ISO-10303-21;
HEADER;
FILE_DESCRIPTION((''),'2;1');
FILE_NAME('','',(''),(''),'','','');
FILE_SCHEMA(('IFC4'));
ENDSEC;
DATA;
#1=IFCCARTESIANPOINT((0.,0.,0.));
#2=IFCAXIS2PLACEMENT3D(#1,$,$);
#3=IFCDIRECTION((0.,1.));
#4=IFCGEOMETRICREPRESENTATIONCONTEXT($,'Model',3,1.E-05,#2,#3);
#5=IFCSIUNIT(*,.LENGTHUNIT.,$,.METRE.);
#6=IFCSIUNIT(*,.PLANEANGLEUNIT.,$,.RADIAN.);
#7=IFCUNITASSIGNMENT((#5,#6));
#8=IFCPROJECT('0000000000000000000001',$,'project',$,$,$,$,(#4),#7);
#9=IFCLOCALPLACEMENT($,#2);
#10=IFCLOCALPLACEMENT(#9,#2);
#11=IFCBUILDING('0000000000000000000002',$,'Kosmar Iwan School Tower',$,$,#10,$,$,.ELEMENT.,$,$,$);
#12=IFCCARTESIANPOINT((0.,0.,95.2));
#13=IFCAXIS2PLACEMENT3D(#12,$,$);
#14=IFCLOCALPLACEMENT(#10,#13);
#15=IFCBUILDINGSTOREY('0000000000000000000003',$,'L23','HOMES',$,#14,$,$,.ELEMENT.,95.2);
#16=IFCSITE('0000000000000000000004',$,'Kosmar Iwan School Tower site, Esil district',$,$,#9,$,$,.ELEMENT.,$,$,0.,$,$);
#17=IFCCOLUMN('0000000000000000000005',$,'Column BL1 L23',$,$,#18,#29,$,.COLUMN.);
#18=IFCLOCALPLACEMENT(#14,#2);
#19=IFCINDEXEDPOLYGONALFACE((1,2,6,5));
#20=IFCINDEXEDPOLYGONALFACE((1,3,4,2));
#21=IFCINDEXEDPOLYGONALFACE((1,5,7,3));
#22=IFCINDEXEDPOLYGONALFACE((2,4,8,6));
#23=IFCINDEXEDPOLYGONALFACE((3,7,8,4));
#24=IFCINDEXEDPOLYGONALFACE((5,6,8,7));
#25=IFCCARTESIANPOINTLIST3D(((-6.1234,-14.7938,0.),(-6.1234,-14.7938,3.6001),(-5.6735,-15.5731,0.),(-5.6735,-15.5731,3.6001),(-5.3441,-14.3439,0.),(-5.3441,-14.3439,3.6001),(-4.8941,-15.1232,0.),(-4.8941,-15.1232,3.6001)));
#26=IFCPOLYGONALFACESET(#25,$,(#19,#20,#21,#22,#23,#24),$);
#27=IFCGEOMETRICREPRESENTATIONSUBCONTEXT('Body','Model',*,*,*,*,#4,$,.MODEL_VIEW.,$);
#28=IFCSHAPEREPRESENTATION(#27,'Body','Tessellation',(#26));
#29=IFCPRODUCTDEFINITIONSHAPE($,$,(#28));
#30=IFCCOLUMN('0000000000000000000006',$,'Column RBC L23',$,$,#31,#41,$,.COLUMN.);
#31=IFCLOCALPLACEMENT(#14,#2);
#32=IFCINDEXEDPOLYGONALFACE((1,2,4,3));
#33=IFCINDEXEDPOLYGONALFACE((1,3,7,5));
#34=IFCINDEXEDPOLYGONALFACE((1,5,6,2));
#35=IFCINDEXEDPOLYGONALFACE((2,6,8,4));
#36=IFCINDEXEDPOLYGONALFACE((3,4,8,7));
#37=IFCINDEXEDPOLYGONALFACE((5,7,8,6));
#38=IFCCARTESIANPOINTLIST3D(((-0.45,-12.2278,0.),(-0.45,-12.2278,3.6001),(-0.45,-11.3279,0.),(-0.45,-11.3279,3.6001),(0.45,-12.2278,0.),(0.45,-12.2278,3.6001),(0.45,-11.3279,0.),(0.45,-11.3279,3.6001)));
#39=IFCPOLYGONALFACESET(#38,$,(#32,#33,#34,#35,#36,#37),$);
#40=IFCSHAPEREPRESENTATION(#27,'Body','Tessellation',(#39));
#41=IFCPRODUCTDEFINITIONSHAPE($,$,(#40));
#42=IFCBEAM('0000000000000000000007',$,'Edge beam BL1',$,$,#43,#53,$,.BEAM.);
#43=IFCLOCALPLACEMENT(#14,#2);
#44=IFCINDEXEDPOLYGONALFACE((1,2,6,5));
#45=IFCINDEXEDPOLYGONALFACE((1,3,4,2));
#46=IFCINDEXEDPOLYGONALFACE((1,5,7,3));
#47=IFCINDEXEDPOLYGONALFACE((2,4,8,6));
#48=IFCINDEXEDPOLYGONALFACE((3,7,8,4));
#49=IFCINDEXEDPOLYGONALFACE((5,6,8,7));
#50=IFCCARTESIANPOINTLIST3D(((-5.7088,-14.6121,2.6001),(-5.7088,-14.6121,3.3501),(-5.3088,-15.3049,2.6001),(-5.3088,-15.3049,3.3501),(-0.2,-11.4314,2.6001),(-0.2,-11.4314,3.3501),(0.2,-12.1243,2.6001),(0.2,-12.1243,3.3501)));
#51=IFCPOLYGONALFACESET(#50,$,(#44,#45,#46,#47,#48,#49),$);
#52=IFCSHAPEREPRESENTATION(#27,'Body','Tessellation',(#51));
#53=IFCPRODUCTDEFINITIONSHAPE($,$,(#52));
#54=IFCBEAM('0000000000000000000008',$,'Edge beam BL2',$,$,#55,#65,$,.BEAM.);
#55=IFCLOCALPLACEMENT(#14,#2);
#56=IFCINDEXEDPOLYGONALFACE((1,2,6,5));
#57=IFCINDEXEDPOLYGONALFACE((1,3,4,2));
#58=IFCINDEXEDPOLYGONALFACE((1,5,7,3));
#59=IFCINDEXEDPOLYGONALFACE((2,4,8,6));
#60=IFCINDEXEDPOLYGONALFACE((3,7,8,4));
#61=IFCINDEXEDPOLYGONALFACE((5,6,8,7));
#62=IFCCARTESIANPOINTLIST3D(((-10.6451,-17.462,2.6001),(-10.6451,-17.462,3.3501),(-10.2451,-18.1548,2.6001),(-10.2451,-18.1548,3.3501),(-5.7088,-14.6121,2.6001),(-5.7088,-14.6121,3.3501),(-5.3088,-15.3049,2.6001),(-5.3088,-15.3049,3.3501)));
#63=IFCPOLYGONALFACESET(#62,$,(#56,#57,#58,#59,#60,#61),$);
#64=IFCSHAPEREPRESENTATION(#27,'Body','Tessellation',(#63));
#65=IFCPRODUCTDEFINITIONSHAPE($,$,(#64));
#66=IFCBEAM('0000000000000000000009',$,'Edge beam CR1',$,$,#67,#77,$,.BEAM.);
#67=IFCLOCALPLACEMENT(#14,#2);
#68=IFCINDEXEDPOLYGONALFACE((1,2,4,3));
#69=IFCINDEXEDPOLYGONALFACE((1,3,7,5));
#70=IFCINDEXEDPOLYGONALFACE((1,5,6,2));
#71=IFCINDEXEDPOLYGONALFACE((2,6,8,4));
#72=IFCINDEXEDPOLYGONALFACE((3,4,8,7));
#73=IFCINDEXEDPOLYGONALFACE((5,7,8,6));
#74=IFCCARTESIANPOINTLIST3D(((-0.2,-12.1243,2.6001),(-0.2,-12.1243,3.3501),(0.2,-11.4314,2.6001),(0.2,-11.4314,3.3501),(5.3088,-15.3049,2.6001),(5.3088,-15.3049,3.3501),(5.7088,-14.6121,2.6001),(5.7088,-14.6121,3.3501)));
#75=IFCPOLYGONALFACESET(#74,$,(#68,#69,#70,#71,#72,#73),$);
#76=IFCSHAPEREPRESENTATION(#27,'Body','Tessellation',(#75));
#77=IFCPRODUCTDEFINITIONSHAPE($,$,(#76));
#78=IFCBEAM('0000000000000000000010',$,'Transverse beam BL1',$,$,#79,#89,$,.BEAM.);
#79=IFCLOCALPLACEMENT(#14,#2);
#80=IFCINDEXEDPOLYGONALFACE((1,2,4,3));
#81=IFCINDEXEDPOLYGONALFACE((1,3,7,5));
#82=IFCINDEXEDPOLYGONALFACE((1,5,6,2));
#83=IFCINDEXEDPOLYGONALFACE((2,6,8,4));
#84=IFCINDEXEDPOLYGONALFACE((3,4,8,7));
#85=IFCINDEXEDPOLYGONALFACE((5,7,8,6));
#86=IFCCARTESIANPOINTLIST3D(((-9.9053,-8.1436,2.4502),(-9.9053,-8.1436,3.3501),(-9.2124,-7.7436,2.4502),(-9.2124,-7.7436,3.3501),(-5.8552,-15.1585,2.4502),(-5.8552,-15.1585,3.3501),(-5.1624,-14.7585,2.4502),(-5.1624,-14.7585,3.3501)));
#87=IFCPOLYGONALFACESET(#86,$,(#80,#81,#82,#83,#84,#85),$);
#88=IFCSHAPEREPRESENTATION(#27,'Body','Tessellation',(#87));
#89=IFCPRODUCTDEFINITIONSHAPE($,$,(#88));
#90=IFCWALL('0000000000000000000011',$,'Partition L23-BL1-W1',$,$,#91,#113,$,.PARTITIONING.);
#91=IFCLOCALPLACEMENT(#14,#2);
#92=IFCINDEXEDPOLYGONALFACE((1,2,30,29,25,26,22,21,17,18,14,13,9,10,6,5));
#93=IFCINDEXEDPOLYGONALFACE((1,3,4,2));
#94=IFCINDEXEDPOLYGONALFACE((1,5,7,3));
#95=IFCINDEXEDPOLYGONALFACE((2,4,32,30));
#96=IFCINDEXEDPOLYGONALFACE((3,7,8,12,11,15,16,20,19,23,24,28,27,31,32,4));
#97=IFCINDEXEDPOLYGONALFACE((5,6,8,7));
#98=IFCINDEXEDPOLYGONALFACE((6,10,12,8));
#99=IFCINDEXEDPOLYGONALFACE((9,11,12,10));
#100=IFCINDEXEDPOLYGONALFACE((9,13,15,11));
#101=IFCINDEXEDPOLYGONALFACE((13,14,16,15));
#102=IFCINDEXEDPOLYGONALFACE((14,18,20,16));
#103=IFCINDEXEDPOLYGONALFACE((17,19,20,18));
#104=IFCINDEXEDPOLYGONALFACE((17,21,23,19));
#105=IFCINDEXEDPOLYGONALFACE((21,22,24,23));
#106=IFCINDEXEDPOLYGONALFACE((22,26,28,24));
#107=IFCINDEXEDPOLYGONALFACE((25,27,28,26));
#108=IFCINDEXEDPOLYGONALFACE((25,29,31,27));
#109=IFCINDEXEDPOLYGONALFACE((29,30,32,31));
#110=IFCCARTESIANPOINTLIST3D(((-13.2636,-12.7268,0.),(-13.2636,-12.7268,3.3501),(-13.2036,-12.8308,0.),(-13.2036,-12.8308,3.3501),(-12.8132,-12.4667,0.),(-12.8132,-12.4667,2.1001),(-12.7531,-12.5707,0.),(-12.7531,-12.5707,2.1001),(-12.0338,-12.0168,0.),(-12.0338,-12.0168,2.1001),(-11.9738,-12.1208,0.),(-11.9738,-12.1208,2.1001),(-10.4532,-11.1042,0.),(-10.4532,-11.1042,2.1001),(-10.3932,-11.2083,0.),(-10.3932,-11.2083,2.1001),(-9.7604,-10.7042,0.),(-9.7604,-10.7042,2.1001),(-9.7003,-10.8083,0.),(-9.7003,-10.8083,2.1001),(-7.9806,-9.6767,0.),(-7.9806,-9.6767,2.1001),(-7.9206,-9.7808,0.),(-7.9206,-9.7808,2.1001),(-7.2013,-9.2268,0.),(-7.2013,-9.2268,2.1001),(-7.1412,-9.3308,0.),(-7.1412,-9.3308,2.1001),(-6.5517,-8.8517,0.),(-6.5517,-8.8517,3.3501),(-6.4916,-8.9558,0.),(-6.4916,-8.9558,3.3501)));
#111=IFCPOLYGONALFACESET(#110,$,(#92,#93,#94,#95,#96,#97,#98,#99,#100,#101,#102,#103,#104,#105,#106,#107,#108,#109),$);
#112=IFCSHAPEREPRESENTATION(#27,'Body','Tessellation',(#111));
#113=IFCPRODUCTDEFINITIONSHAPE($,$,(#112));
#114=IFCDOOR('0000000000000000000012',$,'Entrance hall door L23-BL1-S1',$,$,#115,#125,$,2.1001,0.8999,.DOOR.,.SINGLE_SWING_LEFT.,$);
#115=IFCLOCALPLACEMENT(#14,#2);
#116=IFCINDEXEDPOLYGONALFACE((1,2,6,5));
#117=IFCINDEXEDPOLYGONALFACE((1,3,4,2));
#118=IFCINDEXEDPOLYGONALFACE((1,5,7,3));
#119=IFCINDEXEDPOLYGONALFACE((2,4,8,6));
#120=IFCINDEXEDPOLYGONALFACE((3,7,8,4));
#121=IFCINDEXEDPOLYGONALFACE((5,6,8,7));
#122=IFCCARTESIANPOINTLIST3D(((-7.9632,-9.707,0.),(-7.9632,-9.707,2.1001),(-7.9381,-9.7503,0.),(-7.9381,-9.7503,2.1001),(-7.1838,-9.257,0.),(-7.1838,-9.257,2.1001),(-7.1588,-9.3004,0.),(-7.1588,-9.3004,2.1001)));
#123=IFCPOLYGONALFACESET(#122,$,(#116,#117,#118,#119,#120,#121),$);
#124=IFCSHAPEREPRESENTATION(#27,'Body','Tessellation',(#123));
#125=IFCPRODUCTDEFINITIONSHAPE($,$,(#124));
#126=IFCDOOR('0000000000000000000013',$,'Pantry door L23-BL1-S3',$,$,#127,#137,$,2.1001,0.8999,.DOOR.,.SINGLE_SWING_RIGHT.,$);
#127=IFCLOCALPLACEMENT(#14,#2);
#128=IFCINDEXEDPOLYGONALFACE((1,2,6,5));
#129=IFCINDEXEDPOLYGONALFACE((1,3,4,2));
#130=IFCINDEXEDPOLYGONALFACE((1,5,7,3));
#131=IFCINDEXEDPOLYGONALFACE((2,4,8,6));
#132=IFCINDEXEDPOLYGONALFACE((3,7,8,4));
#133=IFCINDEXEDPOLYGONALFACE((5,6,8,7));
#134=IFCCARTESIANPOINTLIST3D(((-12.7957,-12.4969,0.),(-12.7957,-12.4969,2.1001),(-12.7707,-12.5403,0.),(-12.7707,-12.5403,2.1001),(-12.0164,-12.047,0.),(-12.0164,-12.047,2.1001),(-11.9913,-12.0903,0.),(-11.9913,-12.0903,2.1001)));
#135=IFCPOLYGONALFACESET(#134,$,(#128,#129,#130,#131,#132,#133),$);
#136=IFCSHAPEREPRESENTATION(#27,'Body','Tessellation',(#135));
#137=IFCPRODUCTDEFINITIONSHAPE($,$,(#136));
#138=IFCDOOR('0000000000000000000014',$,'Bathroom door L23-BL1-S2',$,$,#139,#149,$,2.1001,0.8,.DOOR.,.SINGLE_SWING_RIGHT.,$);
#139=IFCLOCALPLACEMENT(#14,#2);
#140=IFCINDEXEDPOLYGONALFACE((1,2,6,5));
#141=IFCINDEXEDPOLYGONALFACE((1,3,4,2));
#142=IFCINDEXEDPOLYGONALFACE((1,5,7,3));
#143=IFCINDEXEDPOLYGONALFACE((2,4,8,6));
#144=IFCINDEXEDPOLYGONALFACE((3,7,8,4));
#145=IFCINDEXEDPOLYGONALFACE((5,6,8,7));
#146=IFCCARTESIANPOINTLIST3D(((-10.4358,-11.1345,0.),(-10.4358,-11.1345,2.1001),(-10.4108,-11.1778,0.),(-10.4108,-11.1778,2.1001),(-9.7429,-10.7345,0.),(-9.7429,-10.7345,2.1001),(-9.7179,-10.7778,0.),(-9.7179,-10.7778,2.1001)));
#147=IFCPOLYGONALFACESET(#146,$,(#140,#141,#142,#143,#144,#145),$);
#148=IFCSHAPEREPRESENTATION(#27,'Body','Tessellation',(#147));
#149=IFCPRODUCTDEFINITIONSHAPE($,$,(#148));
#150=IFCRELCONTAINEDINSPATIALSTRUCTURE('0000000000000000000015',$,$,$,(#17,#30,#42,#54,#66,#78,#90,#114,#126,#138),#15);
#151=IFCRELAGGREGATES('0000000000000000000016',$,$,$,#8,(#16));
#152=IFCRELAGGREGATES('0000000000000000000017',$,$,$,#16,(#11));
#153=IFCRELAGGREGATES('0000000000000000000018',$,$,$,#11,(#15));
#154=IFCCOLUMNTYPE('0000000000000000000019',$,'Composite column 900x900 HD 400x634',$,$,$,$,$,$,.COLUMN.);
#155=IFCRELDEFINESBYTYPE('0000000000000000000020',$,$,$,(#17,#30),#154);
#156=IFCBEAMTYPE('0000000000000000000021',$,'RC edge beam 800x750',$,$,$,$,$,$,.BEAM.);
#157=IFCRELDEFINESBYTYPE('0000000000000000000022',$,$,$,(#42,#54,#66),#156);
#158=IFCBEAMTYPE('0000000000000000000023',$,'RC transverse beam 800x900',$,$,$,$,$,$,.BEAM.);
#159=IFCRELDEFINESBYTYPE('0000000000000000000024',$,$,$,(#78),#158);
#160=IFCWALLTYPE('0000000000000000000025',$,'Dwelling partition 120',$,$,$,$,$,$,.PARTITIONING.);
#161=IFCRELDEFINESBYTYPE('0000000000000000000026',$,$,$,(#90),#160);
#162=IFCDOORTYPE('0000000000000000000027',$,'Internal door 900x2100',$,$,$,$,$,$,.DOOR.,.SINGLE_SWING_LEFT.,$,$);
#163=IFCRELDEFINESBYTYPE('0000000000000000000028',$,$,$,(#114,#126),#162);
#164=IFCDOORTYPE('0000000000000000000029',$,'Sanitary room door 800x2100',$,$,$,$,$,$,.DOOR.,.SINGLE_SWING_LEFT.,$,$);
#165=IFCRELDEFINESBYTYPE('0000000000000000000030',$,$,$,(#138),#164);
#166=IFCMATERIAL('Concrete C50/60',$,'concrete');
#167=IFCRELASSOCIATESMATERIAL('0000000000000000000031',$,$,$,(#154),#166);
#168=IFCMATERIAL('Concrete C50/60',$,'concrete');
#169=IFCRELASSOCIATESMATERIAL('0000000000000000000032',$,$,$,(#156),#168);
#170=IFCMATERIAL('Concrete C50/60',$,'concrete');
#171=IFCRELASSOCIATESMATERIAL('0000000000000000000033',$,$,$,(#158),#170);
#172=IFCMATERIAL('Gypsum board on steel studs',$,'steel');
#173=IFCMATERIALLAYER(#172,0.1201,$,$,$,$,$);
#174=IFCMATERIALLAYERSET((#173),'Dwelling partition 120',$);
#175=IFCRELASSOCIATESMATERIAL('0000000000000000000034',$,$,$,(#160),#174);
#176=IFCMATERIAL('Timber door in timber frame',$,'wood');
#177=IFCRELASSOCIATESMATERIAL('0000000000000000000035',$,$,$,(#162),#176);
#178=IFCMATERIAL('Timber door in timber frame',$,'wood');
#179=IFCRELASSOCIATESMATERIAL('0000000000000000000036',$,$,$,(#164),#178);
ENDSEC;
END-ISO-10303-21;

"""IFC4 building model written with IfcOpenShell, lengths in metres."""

from ifc_helpers import new_model, si_unit, direction, frame, frame_2d, origin, origin_2d, place, context, subcontext, project, spatial, rectangle, extrude, material, layer, layer_set, material_profile, profile_set, type_object, element, fill, save


model = new_model("IFC4")

# Units and contexts
model_context = context("Model", 3, precision=1e-05, world=origin(), true_north=direction((0.0, 1.0)))
body_context = subcontext(model_context, "Body", "Model", "MODEL_VIEW")
ifc_project = project(units=[si_unit("LENGTHUNIT", "METRE"), si_unit("PLANEANGLEUNIT", "RADIAN")], contexts=[model_context])

# Site, building, storey
site_placement = place(None, origin())
site = spatial("IfcSite", under=ifc_project, at=site_placement, Name="Kosmar Iwan School Tower site, Esil district", CompositionType="ELEMENT", RefElevation=0.0)
building_placement = place(site_placement, origin())
building = spatial("IfcBuilding", under=site, at=building_placement, Name="Kosmar Iwan School Tower", CompositionType="ELEMENT")
storey_placement = place(building_placement, frame((0.0, 0.0, 95.2)))
storey = spatial("IfcBuildingStorey", under=building, at=storey_placement, Name="L23", Description="HOMES", CompositionType="ELEMENT", Elevation=95.2)

# Columns
ifc_material_1 = material(Name="Concrete C50/60", Category="concrete")
ifc_material_profile_1 = material_profile(ifc_material_1, rectangle(XDim=0.8999, YDim=0.8999, at=origin_2d()), Name="RC 900x900 + HD 400x634")
ifc_profile_set_1 = profile_set([ifc_material_profile_1], Name="Concrete C50/60")
column_type = type_object("IfcColumnType", Name="Composite column 900x900 HD 400x634", PredefinedType="COLUMN", material=ifc_profile_set_1)
for number, where, z_axis, x_axis, name in (
    (1, (-5.5088, -14.9585, 0.0), (0.0, 0.0, 1.0), (-0.866025, -0.5, 0.0), "Column BL1 L23"),
    (2, (0.0, -11.7778, 0.0), (0.0, 0.0, 1.0), (1.0, 0.0, 0.0), "Column RBC L23"),
):
    element("IfcColumn", number, at=place(storey_placement, frame(where, z_axis=z_axis, x_axis=x_axis)), inside=storey, type_object=column_type, Name=name, PredefinedType="COLUMN", context=body_context, shape_type="SweptSolid", body=[
        extrude(rectangle(XDim=0.8999, YDim=0.8999, at=origin_2d()), origin(), (0.0, 0.0, 1.0), 3.6001),
    ])

# Beams
ifc_material_2 = material(Name="Concrete C50/60", Category="concrete")
ifc_material_profile_2 = material_profile(ifc_material_2, rectangle(XDim=0.8, YDim=0.75, at=origin_2d()), Name="RC 800x750")
ifc_profile_set_2 = profile_set([ifc_material_profile_2], Name="Concrete C50/60")
beam_type_1 = type_object("IfcBeamType", Name="RC edge beam 800x750", PredefinedType="BEAM", material=ifc_profile_set_2)
beam_1_placement = place(storey_placement, frame((0.0, -11.7778, 2.9751), z_axis=(-0.866014, -0.500019, 0.0), x_axis=(0.500019, -0.866014, 0.0)))
element("IfcBeam", 3, at=beam_1_placement, inside=storey, type_object=beam_type_1, Name="Edge beam BL1", PredefinedType="BEAM", context=body_context, shape_type="SweptSolid", body=[
    extrude(rectangle(XDim=0.8, YDim=0.75, at=origin_2d()), origin(), (0.0, 0.0, 1.0), 6.3611),
])
beam_2_placement = place(storey_placement, frame((-5.5088, -14.9585, 2.9751), z_axis=(-0.866034, -0.499986, 0.0), x_axis=(0.499986, -0.866034, 0.0)))
element("IfcBeam", 4, at=beam_2_placement, inside=storey, type_object=beam_type_1, Name="Edge beam BL2", PredefinedType="BEAM", context=body_context, shape_type="SweptSolid", body=[
    extrude(rectangle(XDim=0.8, YDim=0.75, at=origin_2d()), origin(), (0.0, 0.0, 1.0), 5.7),
])
beam_3_placement = place(storey_placement, frame((0.0, -11.7778, 2.9751), z_axis=(0.866014, -0.500019, 0.0), x_axis=(0.500019, 0.866014, 0.0)))
element("IfcBeam", 5, at=beam_3_placement, inside=storey, type_object=beam_type_1, Name="Edge beam CR1", PredefinedType="BEAM", context=body_context, shape_type="SweptSolid", body=[
    extrude(rectangle(XDim=0.8, YDim=0.75, at=origin_2d()), origin(), (0.0, 0.0, 1.0), 6.3611),
])
ifc_material_3 = material(Name="Concrete C50/60", Category="concrete")
ifc_material_profile_3 = material_profile(ifc_material_3, rectangle(XDim=0.8, YDim=0.8999, at=origin_2d()), Name="RC 800x900")
ifc_profile_set_3 = profile_set([ifc_material_profile_3], Name="Concrete C50/60")
beam_type_2 = type_object("IfcBeamType", Name="RC transverse beam 800x900", PredefinedType="BEAM", material=ifc_profile_set_3)
beam_4_placement = place(storey_placement, frame((-5.5088, -14.9585, 2.9001), z_axis=(-0.5, 0.866025, 0.0), x_axis=(-0.866025, -0.5, 0.0)))
element("IfcBeam", 6, at=beam_4_placement, inside=storey, type_object=beam_type_2, Name="Transverse beam BL1", PredefinedType="BEAM", context=body_context, shape_type="SweptSolid", body=[
    extrude(rectangle(XDim=0.8, YDim=0.8999, at=origin_2d()), origin(), (0.0, 0.0, 1.0), 8.1001),
])

# Wall, openings, doors
ifc_material_4 = material(Name="Gypsum board on steel studs", Category="steel")
ifc_layer_1 = layer(ifc_material_4, 0.1201)
ifc_layer_set_1 = layer_set([ifc_layer_1], Name="Dwelling partition 120")
wall_type_1 = type_object("IfcWallType", Name="Dwelling partition 120", PredefinedType="PARTITIONING", material=ifc_layer_set_1)
wall_1_placement = place(storey_placement, frame((-6.5217, -8.9038, 0.0), z_axis=(0.0, 0.0, 1.0), x_axis=(-0.866032, -0.499988, 0.0)))
wall_1 = element("IfcWall", 7, at=wall_1_placement, inside=storey, type_object=wall_type_1, Name="Partition L23-BL1-W1", PredefinedType="PARTITIONING", context=body_context, shape_type="SweptSolid", body=[
    extrude(rectangle(XDim=7.7502, YDim=0.1201, at=frame_2d((3.875, 0.0))), origin(), (0.0, 0.0, 1.0), 3.3501),
])
opening_1_placement = place(wall_1_placement, frame((0.75, 0.0, 0.0)))
opening_1 = element("IfcOpeningElement", 8, at=opening_1_placement, cuts=wall_1, PredefinedType="OPENING", context=body_context, shape_type="SweptSolid", body=[
    extrude(rectangle(XDim=0.8999, YDim=2.1001, at=frame_2d((0.45, 1.05))), frame((0.0, 0.072, 0.0), z_axis=(0.0, -1.0, 0.0), x_axis=(1.0, 0.0, 0.0)), (0.0, 0.0, 1.0), 0.144),
])
opening_2_placement = place(wall_1_placement, frame((3.7051, 0.0, 0.0)))
opening_2 = element("IfcOpeningElement", 9, at=opening_2_placement, cuts=wall_1, PredefinedType="OPENING", context=body_context, shape_type="SweptSolid", body=[
    extrude(rectangle(XDim=0.8, YDim=2.1001, at=frame_2d((0.3999, 1.05))), frame((0.0, 0.072, 0.0), z_axis=(0.0, -1.0, 0.0), x_axis=(1.0, 0.0, 0.0)), (0.0, 0.0, 1.0), 0.144),
])
opening_3_placement = place(wall_1_placement, frame((6.3301, 0.0, 0.0)))
opening_3 = element("IfcOpeningElement", 10, at=opening_3_placement, cuts=wall_1, PredefinedType="OPENING", context=body_context, shape_type="SweptSolid", body=[
    extrude(rectangle(XDim=0.8999, YDim=2.1001, at=frame_2d((0.45, 1.05))), frame((0.0, 0.072, 0.0), z_axis=(0.0, -1.0, 0.0), x_axis=(1.0, 0.0, 0.0)), (0.0, 0.0, 1.0), 0.144),
])
ifc_material_5 = material(Name="Timber door in timber frame", Category="wood")
door_type_1 = type_object("IfcDoorType", Name="Internal door 900x2100", OperationType="SINGLE_SWING_LEFT", PredefinedType="DOOR", material=ifc_material_5)
door_1_placement = place(opening_1_placement, origin())
door_1 = element("IfcDoor", 11, at=door_1_placement, inside=storey, type_object=door_type_1, Name="Entrance hall door L23-BL1-S1", OperationType="SINGLE_SWING_LEFT", OverallHeight=2.1001, OverallWidth=0.8999, PredefinedType="DOOR", context=body_context, shape_type="SweptSolid", body=[
    extrude(rectangle(XDim=0.8999, YDim=2.1001, at=frame_2d((0.45, 1.05))), frame((0.0, 0.0249, 0.0), z_axis=(0.0, -1.0, 0.0), x_axis=(1.0, 0.0, 0.0)), (0.0, 0.0, 1.0), 0.05),
])
fill(opening_1, door_1)
door_2_placement = place(opening_3_placement, origin())
door_2 = element("IfcDoor", 12, at=door_2_placement, inside=storey, type_object=door_type_1, Name="Pantry door L23-BL1-S3", OperationType="SINGLE_SWING_RIGHT", OverallHeight=2.1001, OverallWidth=0.8999, PredefinedType="DOOR", context=body_context, shape_type="SweptSolid", body=[
    extrude(rectangle(XDim=0.8999, YDim=2.1001, at=frame_2d((0.45, 1.05))), frame((0.0, 0.0249, 0.0), z_axis=(0.0, -1.0, 0.0), x_axis=(1.0, 0.0, 0.0)), (0.0, 0.0, 1.0), 0.05),
])
fill(opening_3, door_2)
ifc_material_6 = material(Name="Timber door in timber frame", Category="wood")
door_type_2 = type_object("IfcDoorType", Name="Sanitary room door 800x2100", OperationType="SINGLE_SWING_LEFT", PredefinedType="DOOR", material=ifc_material_6)
door_3_placement = place(opening_2_placement, origin())
door_3 = element("IfcDoor", 13, at=door_3_placement, inside=storey, type_object=door_type_2, Name="Bathroom door L23-BL1-S2", OperationType="SINGLE_SWING_RIGHT", OverallHeight=2.1001, OverallWidth=0.8, PredefinedType="DOOR", context=body_context, shape_type="SweptSolid", body=[
    extrude(rectangle(XDim=0.8, YDim=2.1001, at=frame_2d((0.3999, 1.05))), frame((0.0, 0.0249, 0.0), z_axis=(0.0, -1.0, 0.0), x_axis=(1.0, 0.0, 0.0)), (0.0, 0.0, 1.0), 0.05),
])
fill(opening_2, door_3)

save(model, "model.ifc")
